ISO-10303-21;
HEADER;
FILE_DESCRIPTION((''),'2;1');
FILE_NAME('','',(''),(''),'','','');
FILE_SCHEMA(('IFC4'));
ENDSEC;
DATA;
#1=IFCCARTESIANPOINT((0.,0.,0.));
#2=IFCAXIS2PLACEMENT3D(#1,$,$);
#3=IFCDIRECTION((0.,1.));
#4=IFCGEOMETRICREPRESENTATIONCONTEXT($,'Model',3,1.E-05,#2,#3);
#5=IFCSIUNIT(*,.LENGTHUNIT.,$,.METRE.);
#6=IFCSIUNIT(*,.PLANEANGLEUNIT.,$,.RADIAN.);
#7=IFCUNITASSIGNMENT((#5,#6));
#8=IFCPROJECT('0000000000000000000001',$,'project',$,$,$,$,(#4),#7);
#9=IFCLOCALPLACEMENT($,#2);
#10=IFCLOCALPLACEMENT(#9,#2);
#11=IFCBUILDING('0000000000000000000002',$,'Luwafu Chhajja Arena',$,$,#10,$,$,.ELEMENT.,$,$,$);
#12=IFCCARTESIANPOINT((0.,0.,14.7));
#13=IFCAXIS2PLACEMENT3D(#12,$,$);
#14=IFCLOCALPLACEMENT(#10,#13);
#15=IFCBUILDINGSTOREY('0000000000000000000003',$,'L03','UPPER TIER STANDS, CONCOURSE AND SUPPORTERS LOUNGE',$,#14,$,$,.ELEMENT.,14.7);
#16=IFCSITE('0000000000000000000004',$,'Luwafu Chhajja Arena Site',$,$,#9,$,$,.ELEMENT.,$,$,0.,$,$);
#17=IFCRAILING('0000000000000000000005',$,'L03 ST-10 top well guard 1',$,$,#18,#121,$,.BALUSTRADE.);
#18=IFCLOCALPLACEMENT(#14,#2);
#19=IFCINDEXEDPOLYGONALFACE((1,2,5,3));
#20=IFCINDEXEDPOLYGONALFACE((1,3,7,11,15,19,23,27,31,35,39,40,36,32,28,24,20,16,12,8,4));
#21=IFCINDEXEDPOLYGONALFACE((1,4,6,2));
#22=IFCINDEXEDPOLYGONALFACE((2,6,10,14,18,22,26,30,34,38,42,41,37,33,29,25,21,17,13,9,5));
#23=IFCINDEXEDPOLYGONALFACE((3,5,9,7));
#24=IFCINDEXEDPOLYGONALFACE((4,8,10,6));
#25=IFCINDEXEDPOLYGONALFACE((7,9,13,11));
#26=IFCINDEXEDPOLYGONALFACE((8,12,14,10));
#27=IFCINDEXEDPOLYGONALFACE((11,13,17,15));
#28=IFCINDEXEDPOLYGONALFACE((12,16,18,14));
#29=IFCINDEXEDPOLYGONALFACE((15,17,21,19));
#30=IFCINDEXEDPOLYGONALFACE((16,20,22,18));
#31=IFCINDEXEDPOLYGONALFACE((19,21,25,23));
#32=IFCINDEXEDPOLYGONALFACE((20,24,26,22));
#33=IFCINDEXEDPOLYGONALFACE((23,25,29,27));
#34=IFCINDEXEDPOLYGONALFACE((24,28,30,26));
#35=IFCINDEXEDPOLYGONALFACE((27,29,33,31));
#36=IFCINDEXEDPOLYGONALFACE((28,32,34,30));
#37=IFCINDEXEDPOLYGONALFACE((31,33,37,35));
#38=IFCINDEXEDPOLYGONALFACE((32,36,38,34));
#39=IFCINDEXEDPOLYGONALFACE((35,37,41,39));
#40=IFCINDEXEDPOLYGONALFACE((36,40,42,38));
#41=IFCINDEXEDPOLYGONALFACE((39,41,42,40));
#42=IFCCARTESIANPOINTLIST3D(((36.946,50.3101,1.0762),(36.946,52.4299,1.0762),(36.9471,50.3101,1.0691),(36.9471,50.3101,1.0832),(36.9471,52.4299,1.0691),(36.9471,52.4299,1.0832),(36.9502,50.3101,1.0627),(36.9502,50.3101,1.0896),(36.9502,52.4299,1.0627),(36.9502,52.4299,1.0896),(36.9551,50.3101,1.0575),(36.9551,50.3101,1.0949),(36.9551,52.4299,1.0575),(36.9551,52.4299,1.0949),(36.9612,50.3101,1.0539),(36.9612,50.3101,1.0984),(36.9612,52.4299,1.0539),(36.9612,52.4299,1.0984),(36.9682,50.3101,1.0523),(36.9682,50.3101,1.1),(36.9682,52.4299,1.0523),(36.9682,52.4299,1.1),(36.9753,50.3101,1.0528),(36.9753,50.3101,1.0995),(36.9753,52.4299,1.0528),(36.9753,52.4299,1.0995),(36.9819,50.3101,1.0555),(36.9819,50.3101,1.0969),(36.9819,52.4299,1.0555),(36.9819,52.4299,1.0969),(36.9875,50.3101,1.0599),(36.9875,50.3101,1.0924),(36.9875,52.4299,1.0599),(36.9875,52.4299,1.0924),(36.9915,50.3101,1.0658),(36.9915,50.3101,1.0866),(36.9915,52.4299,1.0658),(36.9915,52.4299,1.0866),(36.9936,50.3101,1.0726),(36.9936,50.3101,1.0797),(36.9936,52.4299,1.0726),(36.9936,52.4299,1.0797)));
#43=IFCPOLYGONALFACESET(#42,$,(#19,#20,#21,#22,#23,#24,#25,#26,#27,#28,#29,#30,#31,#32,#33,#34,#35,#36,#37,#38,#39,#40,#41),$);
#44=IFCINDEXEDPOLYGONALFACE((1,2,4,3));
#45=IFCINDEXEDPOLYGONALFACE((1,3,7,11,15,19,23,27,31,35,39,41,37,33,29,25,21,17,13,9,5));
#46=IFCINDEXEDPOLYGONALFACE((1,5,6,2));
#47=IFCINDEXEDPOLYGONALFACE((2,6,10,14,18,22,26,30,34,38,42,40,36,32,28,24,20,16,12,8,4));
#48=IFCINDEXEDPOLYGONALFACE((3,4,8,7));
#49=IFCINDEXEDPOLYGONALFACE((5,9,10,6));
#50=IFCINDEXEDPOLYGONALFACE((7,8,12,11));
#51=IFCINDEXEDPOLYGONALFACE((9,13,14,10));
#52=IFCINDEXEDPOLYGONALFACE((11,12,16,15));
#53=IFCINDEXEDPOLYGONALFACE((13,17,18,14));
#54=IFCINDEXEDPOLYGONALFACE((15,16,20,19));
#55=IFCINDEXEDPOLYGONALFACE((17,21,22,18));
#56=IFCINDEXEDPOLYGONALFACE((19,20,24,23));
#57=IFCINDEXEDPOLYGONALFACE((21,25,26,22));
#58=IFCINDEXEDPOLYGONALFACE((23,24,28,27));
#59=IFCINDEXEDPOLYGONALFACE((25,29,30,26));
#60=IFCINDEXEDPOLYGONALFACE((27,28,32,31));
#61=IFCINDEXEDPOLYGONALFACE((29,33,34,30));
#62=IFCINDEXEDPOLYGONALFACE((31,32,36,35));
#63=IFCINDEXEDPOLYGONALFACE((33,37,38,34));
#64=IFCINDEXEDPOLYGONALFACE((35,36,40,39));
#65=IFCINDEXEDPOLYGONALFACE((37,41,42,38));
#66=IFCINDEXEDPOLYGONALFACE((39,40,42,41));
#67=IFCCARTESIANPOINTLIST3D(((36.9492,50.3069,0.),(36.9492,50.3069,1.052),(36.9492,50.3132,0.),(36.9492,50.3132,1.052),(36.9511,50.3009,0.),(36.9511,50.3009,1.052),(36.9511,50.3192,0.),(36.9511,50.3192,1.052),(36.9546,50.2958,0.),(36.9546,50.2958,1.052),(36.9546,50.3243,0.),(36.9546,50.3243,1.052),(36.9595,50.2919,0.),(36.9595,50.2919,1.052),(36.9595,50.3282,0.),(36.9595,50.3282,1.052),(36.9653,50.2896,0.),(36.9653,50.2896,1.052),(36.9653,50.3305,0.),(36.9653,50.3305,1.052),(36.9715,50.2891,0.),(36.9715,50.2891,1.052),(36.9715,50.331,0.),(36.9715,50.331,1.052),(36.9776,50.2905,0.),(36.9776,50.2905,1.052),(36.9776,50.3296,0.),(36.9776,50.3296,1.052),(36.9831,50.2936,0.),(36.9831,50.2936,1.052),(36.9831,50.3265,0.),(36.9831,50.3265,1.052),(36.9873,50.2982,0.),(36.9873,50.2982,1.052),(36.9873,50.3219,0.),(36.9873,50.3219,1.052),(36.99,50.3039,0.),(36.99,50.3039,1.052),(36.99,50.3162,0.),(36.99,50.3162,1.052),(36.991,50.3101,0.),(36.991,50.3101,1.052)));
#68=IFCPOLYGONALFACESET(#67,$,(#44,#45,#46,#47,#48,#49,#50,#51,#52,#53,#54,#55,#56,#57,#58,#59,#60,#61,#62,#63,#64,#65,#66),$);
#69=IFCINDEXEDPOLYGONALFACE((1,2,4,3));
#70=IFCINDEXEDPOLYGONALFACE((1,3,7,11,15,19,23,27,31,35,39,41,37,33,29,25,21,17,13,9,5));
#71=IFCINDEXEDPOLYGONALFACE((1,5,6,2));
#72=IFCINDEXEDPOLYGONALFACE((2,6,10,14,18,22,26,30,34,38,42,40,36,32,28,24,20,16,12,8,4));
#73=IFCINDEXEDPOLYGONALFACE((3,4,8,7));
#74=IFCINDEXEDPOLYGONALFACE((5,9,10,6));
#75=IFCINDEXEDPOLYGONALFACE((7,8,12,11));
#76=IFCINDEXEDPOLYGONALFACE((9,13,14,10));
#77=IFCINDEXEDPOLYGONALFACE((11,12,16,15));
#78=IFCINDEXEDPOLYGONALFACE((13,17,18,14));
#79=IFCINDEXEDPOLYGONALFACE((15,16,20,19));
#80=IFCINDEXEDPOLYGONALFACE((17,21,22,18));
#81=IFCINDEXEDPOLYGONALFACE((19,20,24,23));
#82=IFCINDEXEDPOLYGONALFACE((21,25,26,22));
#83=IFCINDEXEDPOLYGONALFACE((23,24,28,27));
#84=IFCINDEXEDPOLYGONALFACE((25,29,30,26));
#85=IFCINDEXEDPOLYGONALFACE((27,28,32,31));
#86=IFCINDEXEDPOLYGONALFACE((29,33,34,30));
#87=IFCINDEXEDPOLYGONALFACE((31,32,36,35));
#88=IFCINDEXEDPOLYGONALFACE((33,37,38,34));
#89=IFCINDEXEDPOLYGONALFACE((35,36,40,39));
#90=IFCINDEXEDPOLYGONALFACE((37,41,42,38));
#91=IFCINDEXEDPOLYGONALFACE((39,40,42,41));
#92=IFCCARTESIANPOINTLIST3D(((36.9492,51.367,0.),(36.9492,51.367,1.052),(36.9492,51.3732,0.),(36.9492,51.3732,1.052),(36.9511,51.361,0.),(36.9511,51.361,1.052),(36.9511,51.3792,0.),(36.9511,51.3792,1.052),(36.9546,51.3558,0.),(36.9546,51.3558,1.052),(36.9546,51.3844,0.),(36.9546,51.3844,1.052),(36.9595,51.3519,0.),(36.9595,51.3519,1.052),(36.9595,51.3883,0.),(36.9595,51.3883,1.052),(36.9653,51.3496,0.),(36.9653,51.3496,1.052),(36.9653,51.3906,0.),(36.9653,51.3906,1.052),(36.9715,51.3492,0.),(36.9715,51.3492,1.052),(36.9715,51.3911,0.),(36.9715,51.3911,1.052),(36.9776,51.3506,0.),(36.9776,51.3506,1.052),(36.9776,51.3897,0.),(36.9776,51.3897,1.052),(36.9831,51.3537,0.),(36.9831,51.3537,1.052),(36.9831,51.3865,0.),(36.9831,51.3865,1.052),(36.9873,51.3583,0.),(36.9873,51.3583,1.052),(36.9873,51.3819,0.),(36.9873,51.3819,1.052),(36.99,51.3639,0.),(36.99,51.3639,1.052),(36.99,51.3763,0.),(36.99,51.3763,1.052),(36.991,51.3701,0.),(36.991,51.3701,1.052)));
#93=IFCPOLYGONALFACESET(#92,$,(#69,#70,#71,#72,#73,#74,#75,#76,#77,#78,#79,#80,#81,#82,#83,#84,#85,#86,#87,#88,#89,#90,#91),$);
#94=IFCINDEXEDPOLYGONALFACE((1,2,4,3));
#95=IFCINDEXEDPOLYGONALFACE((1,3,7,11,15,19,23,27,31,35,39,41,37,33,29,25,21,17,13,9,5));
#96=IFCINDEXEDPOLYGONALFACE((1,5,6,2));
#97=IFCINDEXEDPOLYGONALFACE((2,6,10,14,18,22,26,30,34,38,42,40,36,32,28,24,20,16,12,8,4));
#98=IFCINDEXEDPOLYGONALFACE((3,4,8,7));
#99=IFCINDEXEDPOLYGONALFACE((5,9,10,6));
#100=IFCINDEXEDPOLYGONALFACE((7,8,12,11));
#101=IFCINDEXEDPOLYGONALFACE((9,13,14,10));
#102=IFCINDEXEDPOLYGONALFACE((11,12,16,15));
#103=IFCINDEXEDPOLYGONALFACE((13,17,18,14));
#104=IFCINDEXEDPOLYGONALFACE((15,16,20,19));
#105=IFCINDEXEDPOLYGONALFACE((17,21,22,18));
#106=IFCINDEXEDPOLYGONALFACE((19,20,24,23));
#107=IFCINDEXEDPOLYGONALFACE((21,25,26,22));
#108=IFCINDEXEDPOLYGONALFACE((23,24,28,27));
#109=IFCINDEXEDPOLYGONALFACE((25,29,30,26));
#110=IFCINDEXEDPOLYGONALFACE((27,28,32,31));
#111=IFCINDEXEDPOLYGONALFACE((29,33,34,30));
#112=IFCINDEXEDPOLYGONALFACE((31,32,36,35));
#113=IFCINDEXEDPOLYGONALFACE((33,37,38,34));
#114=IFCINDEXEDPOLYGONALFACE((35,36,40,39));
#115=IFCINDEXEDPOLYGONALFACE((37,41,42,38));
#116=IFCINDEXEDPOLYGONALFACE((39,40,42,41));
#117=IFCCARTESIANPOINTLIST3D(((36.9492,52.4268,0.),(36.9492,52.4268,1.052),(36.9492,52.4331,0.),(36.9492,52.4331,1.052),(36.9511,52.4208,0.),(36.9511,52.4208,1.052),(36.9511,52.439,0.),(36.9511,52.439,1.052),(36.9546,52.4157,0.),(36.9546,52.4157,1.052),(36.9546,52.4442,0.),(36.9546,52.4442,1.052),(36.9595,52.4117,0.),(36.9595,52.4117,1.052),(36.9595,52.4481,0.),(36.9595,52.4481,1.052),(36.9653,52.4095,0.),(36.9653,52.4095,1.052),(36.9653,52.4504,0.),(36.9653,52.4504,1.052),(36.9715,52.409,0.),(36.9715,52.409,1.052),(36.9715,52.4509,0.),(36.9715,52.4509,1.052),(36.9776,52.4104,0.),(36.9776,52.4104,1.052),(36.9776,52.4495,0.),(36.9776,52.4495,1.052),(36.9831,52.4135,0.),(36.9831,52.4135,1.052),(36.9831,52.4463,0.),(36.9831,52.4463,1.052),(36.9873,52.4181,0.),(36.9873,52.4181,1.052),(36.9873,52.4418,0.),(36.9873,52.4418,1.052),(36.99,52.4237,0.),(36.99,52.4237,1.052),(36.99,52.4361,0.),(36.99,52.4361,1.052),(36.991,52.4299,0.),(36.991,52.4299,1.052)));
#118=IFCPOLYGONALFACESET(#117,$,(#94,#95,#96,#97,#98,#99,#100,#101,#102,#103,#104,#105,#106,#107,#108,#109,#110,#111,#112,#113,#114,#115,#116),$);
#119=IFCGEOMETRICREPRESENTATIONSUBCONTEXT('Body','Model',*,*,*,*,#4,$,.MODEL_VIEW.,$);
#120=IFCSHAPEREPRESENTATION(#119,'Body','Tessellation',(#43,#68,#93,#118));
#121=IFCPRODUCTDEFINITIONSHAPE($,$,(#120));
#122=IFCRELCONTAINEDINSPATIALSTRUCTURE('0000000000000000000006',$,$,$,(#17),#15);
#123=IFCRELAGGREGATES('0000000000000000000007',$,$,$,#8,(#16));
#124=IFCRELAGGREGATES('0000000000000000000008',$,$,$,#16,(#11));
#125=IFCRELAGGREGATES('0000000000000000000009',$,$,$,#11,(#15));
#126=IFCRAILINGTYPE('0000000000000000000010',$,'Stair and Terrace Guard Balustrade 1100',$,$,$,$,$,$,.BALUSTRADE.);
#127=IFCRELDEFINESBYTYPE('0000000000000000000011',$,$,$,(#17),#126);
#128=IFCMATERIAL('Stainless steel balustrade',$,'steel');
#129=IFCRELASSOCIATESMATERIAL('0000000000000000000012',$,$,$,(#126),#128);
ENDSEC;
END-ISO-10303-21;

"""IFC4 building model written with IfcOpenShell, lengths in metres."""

from ifc_helpers import new_model, si_unit, direction, frame, origin, origin_2d, place, context, subcontext, project, spatial, circle, extrude, material, type_object, element, save


model = new_model("IFC4")

# Units and contexts
model_context = context("Model", 3, precision=1e-05, world=origin(), true_north=direction((0.0, 1.0)))
body_context = subcontext(model_context, "Body", "Model", "MODEL_VIEW")
ifc_project = project(units=[si_unit("LENGTHUNIT", "METRE"), si_unit("PLANEANGLEUNIT", "RADIAN")], contexts=[model_context])

# Site, building, storey
site_placement = place(None, origin())
site = spatial("IfcSite", under=ifc_project, at=site_placement, Name="Luwafu Chhajja Arena Site", CompositionType="ELEMENT", RefElevation=0.0)
building_placement = place(site_placement, origin())
building = spatial("IfcBuilding", under=site, at=building_placement, Name="Luwafu Chhajja Arena", CompositionType="ELEMENT")
storey_placement = place(building_placement, frame((0.0, 0.0, 14.7)))
storey = spatial("IfcBuildingStorey", under=building, at=storey_placement, Name="L03", Description="UPPER TIER STANDS, CONCOURSE AND SUPPORTERS LOUNGE", CompositionType="ELEMENT", Elevation=14.7)

# Railing
ifc_material_1 = material(Name="Stainless steel balustrade", Category="steel")
railing_type = type_object("IfcRailingType", Name="Stair and Terrace Guard Balustrade 1100", PredefinedType="BALUSTRADE", material=ifc_material_1)
railing_1_placement = place(storey_placement, frame((36.97, 50.3101, 0.0)))
element("IfcRailing", 1, at=railing_1_placement, inside=storey, type_object=railing_type, Name="L03 ST-10 top well guard 1", PredefinedType="BALUSTRADE", context=body_context, shape_type="SweptSolid", body=[
    extrude(circle(Radius=0.0239, at=origin_2d()), frame((0.0, 0.0, 1.0762), z_axis=(0.0, 1.0, 0.0), x_axis=(-1.0, 0.0, 0.0)), (0.0, 0.0, 1.0), 2.1199),
    extrude(circle(Radius=0.021, at=origin_2d()), origin(), (0.0, 0.0, 1.0), 1.052),
    extrude(circle(Radius=0.021, at=origin_2d()), frame((0.0, 1.0601, 0.0)), (0.0, 0.0, 1.0), 1.052),
    extrude(circle(Radius=0.021, at=origin_2d()), frame((0.0, 2.1199, 0.0)), (0.0, 0.0, 1.0), 1.052),
])

save(model, "model.ifc")
